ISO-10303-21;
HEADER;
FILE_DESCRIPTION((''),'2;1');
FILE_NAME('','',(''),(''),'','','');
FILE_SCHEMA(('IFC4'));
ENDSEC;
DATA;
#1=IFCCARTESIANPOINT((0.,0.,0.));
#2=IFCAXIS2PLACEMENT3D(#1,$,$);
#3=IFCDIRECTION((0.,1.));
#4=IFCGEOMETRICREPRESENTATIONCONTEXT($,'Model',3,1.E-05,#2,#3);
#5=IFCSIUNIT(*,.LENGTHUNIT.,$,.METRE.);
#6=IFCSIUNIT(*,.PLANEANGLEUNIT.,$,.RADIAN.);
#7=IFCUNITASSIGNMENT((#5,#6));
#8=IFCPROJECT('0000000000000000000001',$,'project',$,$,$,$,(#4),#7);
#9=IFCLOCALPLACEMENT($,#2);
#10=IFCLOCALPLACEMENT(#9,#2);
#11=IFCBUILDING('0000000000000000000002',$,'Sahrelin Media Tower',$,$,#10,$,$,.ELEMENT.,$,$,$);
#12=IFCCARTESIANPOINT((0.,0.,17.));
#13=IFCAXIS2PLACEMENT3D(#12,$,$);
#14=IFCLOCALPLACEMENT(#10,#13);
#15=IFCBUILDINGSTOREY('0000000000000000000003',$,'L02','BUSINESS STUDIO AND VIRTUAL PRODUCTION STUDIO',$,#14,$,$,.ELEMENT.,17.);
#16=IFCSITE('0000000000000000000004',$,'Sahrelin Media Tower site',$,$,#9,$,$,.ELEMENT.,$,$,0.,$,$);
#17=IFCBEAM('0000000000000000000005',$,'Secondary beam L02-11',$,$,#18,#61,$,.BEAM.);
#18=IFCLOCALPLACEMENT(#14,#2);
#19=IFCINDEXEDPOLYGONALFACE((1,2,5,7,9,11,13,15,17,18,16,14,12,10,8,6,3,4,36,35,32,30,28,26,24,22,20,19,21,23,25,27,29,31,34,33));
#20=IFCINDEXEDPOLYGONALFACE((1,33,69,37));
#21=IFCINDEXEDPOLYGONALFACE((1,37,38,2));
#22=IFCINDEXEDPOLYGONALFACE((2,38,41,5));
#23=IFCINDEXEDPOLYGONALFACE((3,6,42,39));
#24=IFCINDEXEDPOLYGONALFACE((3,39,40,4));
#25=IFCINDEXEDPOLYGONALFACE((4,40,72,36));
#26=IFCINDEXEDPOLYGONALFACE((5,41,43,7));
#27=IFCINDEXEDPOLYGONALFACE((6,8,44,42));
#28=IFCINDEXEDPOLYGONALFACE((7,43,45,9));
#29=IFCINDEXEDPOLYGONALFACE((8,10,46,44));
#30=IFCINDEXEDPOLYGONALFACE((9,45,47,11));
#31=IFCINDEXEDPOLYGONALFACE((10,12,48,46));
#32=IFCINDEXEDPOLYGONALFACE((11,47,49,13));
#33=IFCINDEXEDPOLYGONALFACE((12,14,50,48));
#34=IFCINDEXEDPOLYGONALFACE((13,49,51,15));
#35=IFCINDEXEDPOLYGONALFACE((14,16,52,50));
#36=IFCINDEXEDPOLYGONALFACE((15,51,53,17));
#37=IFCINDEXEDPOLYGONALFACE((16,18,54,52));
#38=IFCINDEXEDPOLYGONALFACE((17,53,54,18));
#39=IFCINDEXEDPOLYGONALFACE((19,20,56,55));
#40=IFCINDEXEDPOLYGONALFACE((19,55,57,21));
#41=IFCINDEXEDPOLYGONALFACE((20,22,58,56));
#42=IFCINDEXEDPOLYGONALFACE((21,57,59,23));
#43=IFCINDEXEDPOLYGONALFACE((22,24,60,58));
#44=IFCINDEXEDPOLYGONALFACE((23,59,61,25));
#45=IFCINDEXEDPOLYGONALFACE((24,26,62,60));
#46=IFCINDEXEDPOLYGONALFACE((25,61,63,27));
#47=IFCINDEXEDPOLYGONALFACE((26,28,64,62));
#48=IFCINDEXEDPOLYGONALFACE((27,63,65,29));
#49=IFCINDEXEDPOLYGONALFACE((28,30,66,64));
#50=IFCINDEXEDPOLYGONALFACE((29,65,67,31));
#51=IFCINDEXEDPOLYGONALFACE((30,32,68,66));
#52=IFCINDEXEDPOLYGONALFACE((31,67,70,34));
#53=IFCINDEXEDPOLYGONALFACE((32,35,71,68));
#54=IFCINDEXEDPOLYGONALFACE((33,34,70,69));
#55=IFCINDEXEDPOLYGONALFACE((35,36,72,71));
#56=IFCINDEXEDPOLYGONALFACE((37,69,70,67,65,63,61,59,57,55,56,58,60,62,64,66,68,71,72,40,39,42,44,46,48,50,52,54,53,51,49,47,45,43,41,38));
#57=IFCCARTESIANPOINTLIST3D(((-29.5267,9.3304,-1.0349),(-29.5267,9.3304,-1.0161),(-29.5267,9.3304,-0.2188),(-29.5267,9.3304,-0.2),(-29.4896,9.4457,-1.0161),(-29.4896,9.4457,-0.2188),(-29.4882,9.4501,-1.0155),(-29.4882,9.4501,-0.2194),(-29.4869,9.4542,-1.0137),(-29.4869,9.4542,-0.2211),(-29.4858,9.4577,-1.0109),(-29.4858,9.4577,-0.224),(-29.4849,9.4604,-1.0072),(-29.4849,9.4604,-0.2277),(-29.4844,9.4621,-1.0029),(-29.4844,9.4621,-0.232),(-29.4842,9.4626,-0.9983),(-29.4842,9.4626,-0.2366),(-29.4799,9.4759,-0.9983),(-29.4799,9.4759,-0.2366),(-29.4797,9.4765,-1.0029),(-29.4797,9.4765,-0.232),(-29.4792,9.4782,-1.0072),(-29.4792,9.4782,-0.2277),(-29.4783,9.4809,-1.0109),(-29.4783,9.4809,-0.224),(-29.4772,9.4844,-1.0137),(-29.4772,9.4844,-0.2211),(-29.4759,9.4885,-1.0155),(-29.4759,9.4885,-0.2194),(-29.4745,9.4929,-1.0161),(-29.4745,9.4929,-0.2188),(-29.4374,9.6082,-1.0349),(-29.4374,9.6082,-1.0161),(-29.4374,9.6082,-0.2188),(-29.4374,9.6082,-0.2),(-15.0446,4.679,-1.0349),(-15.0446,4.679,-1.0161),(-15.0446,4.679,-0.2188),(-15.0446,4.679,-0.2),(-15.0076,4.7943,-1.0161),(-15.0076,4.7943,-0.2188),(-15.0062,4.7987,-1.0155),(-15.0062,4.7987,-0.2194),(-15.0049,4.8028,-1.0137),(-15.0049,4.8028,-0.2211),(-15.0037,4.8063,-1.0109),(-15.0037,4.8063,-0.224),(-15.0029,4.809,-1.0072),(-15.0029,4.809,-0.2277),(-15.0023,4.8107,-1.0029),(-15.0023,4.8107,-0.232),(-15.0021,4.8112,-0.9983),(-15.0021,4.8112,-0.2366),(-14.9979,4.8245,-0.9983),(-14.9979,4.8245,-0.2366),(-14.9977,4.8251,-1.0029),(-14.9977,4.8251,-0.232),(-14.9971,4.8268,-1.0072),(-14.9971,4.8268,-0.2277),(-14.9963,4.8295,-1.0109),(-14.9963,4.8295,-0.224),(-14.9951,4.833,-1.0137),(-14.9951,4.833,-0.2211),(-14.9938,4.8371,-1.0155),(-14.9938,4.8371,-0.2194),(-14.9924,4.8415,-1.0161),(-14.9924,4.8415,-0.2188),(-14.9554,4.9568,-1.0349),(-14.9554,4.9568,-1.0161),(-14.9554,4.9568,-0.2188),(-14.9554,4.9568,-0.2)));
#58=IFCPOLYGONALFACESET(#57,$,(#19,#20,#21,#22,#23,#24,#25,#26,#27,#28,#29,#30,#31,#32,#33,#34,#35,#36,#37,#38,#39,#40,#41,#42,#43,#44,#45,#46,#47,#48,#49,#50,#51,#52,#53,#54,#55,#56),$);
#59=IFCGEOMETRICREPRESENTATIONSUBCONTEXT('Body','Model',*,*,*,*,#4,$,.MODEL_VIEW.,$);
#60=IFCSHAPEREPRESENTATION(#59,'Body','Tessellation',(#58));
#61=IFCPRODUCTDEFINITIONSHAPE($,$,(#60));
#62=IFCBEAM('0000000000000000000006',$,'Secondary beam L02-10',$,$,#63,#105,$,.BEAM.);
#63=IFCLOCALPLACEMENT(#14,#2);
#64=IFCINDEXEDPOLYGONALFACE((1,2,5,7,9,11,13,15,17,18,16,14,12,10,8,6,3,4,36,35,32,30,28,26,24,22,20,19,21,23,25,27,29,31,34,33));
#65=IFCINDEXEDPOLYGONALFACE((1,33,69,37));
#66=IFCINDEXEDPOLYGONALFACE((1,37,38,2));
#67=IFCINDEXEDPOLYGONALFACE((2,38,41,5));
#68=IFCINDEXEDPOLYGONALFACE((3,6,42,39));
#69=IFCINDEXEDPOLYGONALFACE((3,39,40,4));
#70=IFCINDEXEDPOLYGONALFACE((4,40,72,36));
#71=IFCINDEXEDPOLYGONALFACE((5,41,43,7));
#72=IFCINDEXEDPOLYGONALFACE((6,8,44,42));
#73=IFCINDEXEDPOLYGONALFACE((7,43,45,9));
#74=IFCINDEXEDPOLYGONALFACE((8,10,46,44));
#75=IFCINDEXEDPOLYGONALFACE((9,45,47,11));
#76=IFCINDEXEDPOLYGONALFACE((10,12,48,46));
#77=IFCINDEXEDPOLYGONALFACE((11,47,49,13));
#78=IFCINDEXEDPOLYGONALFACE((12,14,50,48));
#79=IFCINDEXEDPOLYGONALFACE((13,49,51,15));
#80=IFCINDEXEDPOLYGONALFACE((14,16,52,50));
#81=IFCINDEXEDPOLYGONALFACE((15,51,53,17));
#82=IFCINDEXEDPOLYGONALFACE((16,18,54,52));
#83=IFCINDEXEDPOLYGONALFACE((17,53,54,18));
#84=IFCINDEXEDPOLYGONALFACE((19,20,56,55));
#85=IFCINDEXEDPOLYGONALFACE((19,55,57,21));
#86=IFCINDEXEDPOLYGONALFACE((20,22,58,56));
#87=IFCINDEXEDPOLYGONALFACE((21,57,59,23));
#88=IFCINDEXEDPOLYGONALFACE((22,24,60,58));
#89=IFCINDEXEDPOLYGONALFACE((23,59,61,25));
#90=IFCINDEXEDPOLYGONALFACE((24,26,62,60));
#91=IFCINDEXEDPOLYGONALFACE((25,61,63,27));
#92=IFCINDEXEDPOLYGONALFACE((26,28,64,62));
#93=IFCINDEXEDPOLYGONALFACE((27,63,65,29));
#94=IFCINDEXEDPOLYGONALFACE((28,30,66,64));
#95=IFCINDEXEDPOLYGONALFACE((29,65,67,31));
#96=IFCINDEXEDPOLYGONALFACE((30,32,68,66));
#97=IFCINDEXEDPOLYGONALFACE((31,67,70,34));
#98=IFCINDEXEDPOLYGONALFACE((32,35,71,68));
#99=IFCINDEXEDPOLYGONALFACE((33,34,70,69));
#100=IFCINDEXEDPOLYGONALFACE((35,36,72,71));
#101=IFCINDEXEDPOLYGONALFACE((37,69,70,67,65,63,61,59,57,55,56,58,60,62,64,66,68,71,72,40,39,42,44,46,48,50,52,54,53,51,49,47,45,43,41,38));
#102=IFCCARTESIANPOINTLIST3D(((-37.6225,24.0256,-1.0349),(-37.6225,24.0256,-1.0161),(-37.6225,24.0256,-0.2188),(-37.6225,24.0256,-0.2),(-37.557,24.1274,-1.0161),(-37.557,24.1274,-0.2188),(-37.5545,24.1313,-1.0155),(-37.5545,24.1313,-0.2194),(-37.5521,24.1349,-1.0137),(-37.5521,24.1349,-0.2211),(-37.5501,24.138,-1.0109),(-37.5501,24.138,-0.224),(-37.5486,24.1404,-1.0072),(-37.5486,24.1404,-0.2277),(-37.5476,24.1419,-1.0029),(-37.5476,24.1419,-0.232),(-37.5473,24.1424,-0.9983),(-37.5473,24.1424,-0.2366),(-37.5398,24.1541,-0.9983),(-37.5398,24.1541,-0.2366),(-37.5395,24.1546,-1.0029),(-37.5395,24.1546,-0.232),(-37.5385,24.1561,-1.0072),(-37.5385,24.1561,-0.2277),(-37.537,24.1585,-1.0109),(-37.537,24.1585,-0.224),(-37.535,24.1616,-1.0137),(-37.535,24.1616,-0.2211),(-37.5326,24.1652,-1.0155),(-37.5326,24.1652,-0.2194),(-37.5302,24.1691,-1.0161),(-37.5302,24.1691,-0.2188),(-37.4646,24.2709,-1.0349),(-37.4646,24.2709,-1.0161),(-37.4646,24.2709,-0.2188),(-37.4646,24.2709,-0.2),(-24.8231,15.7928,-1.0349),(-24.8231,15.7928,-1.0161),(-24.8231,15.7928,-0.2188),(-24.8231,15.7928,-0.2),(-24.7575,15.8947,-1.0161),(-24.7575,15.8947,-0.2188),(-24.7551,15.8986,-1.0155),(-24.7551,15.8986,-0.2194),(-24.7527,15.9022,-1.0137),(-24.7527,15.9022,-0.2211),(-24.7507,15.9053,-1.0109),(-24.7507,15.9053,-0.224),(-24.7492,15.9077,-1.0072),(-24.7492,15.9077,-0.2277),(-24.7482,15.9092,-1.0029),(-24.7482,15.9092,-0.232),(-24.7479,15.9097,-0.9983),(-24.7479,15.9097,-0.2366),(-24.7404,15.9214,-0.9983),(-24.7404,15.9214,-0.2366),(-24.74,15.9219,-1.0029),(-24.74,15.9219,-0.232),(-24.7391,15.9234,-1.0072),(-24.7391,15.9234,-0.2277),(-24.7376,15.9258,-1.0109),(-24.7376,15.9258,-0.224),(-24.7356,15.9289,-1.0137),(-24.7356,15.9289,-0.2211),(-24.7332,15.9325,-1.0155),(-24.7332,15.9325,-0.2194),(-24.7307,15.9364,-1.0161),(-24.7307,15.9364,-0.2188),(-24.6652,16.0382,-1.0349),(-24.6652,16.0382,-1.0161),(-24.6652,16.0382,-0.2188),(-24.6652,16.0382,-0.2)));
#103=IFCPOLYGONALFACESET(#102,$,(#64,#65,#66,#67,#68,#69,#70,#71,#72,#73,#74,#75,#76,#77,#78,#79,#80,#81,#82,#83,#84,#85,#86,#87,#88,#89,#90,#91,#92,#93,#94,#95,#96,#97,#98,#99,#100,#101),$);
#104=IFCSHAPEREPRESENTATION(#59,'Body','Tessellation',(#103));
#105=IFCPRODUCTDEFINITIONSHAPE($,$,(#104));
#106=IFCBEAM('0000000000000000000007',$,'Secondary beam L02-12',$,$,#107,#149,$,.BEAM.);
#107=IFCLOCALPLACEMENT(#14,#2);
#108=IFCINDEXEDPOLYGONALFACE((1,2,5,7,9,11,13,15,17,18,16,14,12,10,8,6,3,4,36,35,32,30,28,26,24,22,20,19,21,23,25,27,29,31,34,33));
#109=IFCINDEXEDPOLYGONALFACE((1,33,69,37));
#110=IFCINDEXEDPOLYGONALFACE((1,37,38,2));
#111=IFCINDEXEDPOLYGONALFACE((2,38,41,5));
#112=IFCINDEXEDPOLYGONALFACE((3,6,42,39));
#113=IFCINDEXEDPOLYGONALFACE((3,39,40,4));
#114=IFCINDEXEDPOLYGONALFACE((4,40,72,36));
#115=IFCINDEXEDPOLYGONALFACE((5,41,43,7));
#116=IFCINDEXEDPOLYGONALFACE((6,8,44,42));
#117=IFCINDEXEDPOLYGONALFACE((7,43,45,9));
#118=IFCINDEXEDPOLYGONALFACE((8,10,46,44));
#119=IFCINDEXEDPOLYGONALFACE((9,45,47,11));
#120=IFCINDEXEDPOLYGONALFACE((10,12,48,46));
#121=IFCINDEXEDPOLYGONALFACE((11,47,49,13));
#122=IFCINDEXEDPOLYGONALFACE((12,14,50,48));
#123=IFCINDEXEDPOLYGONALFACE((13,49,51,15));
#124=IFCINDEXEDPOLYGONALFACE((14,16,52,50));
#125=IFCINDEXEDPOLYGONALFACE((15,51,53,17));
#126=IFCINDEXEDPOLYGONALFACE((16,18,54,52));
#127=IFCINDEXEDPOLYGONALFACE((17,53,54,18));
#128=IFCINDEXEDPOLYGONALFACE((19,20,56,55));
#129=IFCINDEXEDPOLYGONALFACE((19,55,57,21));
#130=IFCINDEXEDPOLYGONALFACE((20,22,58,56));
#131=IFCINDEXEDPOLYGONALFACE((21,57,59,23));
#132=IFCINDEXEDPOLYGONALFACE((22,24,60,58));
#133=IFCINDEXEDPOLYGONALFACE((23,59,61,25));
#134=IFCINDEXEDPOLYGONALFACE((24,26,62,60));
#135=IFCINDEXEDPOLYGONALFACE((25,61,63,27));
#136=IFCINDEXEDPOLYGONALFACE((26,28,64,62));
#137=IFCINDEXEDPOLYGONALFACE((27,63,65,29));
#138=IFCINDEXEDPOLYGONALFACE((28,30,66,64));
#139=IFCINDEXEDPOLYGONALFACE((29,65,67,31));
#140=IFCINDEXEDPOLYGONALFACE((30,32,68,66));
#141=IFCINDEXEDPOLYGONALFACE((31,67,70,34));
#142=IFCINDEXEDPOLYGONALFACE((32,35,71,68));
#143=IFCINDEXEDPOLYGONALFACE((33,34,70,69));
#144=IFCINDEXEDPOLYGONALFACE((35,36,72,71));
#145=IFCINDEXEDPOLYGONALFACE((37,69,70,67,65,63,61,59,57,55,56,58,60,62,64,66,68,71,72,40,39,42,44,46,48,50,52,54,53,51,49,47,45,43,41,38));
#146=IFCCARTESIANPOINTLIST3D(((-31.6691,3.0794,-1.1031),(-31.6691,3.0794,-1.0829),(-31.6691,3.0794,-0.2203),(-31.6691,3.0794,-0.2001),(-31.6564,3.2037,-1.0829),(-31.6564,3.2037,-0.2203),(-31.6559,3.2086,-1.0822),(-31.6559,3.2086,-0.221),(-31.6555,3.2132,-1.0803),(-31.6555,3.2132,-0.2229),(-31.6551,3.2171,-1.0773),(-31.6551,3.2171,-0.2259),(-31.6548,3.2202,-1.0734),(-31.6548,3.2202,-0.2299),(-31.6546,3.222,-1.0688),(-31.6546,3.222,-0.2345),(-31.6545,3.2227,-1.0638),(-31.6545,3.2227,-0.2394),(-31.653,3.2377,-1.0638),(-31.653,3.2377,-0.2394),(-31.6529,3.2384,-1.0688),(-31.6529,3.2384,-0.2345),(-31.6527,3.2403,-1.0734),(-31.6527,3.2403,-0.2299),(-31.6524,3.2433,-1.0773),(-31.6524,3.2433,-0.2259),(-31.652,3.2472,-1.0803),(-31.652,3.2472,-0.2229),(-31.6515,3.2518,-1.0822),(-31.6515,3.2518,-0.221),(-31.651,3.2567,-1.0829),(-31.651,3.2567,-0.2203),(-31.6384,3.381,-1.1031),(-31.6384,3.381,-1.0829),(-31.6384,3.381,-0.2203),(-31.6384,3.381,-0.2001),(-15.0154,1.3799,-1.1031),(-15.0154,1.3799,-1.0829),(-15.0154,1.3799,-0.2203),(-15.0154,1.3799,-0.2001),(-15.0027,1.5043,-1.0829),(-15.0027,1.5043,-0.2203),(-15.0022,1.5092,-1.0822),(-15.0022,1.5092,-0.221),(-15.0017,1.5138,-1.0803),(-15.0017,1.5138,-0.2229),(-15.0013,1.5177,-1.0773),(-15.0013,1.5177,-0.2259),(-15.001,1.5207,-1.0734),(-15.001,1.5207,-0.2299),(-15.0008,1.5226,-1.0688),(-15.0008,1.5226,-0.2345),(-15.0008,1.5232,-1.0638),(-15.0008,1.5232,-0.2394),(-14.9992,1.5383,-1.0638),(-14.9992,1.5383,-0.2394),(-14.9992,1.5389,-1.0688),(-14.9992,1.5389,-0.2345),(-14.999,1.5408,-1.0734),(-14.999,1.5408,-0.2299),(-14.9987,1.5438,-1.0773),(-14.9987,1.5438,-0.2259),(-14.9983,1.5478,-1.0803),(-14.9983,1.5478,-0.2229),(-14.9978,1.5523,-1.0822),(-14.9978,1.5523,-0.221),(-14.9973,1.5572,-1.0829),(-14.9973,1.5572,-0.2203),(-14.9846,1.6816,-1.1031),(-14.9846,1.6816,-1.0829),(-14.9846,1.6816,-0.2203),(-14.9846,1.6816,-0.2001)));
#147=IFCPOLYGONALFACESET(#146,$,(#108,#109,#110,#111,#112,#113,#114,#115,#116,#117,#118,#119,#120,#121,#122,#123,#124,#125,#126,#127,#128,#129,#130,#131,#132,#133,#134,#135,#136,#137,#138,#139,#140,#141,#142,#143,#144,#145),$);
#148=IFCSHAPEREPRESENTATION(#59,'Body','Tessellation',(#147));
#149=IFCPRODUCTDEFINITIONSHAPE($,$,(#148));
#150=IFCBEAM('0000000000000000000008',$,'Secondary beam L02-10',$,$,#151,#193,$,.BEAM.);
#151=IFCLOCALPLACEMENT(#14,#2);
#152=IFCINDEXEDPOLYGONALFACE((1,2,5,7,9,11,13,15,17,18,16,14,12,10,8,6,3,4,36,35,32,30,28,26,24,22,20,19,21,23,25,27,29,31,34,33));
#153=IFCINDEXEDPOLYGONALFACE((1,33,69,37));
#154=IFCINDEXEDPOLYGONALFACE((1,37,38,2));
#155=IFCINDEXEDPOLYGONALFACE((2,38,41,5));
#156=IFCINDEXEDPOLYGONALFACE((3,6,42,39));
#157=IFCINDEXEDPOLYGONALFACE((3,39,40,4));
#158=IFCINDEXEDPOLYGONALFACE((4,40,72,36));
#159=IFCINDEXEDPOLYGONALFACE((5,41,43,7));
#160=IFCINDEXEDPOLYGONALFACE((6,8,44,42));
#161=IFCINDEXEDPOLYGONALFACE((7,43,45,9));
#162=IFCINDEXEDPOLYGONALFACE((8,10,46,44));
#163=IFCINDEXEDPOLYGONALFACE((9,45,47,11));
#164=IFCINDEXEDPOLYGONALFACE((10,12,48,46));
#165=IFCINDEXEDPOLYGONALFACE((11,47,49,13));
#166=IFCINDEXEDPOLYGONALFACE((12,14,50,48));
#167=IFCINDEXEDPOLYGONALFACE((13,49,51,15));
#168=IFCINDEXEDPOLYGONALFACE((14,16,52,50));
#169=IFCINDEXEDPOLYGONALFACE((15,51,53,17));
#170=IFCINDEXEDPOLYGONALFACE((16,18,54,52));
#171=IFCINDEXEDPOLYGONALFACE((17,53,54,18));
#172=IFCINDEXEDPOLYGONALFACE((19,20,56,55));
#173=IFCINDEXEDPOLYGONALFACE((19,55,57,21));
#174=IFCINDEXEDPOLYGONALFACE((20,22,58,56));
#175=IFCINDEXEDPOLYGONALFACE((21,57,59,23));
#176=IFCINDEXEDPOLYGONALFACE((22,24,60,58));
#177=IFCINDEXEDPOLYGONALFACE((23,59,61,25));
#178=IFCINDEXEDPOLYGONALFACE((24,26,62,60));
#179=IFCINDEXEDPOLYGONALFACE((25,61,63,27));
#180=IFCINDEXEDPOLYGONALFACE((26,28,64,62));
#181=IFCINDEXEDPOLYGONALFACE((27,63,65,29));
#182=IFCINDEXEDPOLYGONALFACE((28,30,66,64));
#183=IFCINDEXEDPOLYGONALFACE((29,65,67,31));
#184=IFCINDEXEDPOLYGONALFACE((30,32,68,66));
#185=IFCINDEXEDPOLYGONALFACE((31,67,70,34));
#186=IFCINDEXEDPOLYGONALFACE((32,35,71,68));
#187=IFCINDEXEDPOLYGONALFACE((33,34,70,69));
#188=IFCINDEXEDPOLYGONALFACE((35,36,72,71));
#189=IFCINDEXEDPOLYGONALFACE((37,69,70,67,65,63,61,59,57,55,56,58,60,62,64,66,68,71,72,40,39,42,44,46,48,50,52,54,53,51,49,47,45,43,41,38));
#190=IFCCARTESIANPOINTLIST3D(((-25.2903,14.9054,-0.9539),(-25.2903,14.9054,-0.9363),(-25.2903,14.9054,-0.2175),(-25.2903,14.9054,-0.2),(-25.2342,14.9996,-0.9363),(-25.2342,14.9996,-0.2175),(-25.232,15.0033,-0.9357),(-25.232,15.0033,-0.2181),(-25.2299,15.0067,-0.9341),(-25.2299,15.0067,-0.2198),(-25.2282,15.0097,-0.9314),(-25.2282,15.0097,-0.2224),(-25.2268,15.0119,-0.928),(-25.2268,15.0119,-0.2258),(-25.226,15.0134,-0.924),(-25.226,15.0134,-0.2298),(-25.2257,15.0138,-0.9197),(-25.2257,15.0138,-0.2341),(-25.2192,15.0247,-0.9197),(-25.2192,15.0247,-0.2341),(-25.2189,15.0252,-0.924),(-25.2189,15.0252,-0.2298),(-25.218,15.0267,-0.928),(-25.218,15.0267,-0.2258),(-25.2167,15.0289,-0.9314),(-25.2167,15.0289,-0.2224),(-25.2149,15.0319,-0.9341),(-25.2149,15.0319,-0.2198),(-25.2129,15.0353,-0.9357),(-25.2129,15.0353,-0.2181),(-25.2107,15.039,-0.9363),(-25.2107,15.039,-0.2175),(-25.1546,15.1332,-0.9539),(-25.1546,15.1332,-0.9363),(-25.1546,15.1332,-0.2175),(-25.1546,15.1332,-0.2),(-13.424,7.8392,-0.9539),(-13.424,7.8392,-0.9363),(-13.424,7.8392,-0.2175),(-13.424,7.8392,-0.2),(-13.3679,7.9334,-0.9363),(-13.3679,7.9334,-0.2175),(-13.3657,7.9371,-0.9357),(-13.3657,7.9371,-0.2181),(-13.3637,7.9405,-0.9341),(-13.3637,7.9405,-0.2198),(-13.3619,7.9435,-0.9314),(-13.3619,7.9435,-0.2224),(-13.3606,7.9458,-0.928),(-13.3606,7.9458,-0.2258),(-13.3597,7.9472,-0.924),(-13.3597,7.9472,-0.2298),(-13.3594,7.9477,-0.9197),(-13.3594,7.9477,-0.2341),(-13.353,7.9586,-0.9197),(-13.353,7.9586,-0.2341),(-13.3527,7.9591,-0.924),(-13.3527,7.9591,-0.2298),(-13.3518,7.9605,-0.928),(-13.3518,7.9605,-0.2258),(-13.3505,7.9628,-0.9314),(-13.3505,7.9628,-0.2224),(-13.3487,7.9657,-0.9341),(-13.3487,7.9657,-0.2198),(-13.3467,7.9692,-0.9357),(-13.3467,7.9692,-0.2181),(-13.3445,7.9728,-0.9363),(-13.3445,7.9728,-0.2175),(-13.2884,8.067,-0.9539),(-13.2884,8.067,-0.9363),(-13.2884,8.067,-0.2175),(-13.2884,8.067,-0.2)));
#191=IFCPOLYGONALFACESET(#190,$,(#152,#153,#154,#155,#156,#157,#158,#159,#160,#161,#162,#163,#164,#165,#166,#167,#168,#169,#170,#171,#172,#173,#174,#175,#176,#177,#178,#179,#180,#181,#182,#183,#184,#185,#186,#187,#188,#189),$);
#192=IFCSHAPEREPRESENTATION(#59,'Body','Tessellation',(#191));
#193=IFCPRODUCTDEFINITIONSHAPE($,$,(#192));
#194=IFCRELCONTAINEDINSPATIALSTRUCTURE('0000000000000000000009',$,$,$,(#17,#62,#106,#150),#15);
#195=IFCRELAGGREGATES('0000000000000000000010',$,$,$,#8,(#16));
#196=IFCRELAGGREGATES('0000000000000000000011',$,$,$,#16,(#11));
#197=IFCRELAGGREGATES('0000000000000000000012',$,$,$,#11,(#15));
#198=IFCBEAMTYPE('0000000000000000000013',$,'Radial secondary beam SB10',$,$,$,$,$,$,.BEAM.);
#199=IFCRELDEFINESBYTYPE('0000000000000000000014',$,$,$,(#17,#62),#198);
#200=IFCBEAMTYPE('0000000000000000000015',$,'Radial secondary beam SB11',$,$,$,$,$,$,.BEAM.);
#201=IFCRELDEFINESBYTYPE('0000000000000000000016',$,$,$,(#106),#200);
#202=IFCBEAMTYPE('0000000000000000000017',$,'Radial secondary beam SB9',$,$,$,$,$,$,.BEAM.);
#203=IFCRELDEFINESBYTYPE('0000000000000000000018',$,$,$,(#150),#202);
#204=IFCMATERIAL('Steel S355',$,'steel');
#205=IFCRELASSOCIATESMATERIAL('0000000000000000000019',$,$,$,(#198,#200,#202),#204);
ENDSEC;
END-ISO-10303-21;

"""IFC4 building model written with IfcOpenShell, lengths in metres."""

from ifc_helpers import new_model, si_unit, direction, frame, origin, origin_2d, place, context, subcontext, project, spatial, i_section, extrude, material, material_profile, profile_set, type_object, element, save


model = new_model("IFC4")

# Units and contexts
model_context = context("Model", 3, precision=1e-05, world=origin(), true_north=direction((0.0, 1.0)))
body_context = subcontext(model_context, "Body", "Model", "MODEL_VIEW")
ifc_project = project(units=[si_unit("LENGTHUNIT", "METRE"), si_unit("PLANEANGLEUNIT", "RADIAN")], contexts=[model_context])

# Site, building, storey
site_placement = place(None, origin())
site = spatial("IfcSite", under=ifc_project, at=site_placement, Name="Sahrelin Media Tower site", CompositionType="ELEMENT", RefElevation=0.0)
building_placement = place(site_placement, origin())
building = spatial("IfcBuilding", under=site, at=building_placement, Name="Sahrelin Media Tower", CompositionType="ELEMENT")
storey_placement = place(building_placement, frame((0.0, 0.0, 17.0)))
storey = spatial("IfcBuildingStorey", under=building, at=storey_placement, Name="L02", Description="BUSINESS STUDIO AND VIRTUAL PRODUCTION STUDIO", CompositionType="ELEMENT", Elevation=17.0)

# Beams
ifc_material_1 = material(Name="Steel S355", Category="steel")
ifc_material_profile_1 = material_profile(ifc_material_1, i_section(OverallWidth=0.2917, OverallDepth=0.835, WebThickness=0.0139, FlangeThickness=0.0188, FilletRadius=0.0178, at=origin_2d()), Name="UB 838x292x176")
ifc_profile_set_1 = profile_set([ifc_material_profile_1], Name="Steel S355")
beam_type_1 = type_object("IfcBeamType", Name="Radial secondary beam SB10", PredefinedType="BEAM", material=ifc_profile_set_1)
beam_1_placement = place(storey_placement, frame((-15.0, 4.8179, -0.6174), z_axis=(-0.952096, 0.305798, 0.0), x_axis=(-0.305798, -0.952096, 0.0)))
element("IfcBeam", 1, at=beam_1_placement, inside=storey, type_object=beam_type_1, Name="Secondary beam L02-11", PredefinedType="BEAM", context=body_context, shape_type="SweptSolid", body=[
    extrude(i_section(OverallWidth=0.2917, OverallDepth=0.835, WebThickness=0.0139, FlangeThickness=0.0188, FilletRadius=0.0178, at=origin_2d()), origin(), (0.0, 0.0, 1.0), 15.2107),
])
beam_2_placement = place(storey_placement, frame((-24.7441, 15.9155, -0.6174), z_axis=(-0.841043, 0.540968, 0.0), x_axis=(-0.540968, -0.841043, 0.0)))
element("IfcBeam", 2, at=beam_2_placement, inside=storey, type_object=beam_type_1, Name="Secondary beam L02-10", PredefinedType="BEAM", context=body_context, shape_type="SweptSolid", body=[
    extrude(i_section(OverallWidth=0.2917, OverallDepth=0.835, WebThickness=0.0139, FlangeThickness=0.0188, FilletRadius=0.0178, at=origin_2d()), origin(), (0.0, 0.0, 1.0), 15.2185),
])
ifc_material_profile_2 = material_profile(ifc_material_1, i_section(OverallWidth=0.3032, OverallDepth=0.9031, WebThickness=0.0151, FlangeThickness=0.0203, FilletRadius=0.019, at=origin_2d()), Name="UB 914x305x201")
ifc_profile_set_2 = profile_set([ifc_material_profile_2], Name="Steel S355")
beam_type_2 = type_object("IfcBeamType", Name="Radial secondary beam SB11", PredefinedType="BEAM", material=ifc_profile_set_2)
beam_3_placement = place(storey_placement, frame((-15.0, 1.5308, -0.6516), z_axis=(-0.994834, 0.101519, 0.0), x_axis=(-0.101519, -0.994834, 0.0)))
element("IfcBeam", 3, at=beam_3_placement, inside=storey, type_object=beam_type_2, Name="Secondary beam L02-12", PredefinedType="BEAM", context=body_context, shape_type="SweptSolid", body=[
    extrude(i_section(OverallWidth=0.3032, OverallDepth=0.9031, WebThickness=0.0151, FlangeThickness=0.0203, FilletRadius=0.019, at=origin_2d()), origin(), (0.0, 0.0, 1.0), 16.7402),
])
ifc_material_profile_3 = material_profile(ifc_material_1, i_section(OverallWidth=0.2651, OverallDepth=0.7539, WebThickness=0.0127, FlangeThickness=0.0176, FilletRadius=0.0166, at=origin_2d()), Name="UB 762x267x147")
ifc_profile_set_3 = profile_set([ifc_material_profile_3], Name="Steel S355")
beam_type_3 = type_object("IfcBeamType", Name="Radial secondary beam SB9", PredefinedType="BEAM", material=ifc_profile_set_3)
beam_4_placement = place(storey_placement, frame((-13.3562, 7.9531, -0.5769), z_axis=(-0.859199, 0.511641, 0.0), x_axis=(-0.511641, -0.859199, 0.0)))
element("IfcBeam", 4, at=beam_4_placement, inside=storey, type_object=beam_type_3, Name="Secondary beam L02-10", PredefinedType="BEAM", context=body_context, shape_type="SweptSolid", body=[
    extrude(i_section(OverallWidth=0.2651, OverallDepth=0.7539, WebThickness=0.0127, FlangeThickness=0.0176, FilletRadius=0.0166, at=origin_2d()), origin(), (0.0, 0.0, 1.0), 13.8108),
])

save(model, "model.ifc")
